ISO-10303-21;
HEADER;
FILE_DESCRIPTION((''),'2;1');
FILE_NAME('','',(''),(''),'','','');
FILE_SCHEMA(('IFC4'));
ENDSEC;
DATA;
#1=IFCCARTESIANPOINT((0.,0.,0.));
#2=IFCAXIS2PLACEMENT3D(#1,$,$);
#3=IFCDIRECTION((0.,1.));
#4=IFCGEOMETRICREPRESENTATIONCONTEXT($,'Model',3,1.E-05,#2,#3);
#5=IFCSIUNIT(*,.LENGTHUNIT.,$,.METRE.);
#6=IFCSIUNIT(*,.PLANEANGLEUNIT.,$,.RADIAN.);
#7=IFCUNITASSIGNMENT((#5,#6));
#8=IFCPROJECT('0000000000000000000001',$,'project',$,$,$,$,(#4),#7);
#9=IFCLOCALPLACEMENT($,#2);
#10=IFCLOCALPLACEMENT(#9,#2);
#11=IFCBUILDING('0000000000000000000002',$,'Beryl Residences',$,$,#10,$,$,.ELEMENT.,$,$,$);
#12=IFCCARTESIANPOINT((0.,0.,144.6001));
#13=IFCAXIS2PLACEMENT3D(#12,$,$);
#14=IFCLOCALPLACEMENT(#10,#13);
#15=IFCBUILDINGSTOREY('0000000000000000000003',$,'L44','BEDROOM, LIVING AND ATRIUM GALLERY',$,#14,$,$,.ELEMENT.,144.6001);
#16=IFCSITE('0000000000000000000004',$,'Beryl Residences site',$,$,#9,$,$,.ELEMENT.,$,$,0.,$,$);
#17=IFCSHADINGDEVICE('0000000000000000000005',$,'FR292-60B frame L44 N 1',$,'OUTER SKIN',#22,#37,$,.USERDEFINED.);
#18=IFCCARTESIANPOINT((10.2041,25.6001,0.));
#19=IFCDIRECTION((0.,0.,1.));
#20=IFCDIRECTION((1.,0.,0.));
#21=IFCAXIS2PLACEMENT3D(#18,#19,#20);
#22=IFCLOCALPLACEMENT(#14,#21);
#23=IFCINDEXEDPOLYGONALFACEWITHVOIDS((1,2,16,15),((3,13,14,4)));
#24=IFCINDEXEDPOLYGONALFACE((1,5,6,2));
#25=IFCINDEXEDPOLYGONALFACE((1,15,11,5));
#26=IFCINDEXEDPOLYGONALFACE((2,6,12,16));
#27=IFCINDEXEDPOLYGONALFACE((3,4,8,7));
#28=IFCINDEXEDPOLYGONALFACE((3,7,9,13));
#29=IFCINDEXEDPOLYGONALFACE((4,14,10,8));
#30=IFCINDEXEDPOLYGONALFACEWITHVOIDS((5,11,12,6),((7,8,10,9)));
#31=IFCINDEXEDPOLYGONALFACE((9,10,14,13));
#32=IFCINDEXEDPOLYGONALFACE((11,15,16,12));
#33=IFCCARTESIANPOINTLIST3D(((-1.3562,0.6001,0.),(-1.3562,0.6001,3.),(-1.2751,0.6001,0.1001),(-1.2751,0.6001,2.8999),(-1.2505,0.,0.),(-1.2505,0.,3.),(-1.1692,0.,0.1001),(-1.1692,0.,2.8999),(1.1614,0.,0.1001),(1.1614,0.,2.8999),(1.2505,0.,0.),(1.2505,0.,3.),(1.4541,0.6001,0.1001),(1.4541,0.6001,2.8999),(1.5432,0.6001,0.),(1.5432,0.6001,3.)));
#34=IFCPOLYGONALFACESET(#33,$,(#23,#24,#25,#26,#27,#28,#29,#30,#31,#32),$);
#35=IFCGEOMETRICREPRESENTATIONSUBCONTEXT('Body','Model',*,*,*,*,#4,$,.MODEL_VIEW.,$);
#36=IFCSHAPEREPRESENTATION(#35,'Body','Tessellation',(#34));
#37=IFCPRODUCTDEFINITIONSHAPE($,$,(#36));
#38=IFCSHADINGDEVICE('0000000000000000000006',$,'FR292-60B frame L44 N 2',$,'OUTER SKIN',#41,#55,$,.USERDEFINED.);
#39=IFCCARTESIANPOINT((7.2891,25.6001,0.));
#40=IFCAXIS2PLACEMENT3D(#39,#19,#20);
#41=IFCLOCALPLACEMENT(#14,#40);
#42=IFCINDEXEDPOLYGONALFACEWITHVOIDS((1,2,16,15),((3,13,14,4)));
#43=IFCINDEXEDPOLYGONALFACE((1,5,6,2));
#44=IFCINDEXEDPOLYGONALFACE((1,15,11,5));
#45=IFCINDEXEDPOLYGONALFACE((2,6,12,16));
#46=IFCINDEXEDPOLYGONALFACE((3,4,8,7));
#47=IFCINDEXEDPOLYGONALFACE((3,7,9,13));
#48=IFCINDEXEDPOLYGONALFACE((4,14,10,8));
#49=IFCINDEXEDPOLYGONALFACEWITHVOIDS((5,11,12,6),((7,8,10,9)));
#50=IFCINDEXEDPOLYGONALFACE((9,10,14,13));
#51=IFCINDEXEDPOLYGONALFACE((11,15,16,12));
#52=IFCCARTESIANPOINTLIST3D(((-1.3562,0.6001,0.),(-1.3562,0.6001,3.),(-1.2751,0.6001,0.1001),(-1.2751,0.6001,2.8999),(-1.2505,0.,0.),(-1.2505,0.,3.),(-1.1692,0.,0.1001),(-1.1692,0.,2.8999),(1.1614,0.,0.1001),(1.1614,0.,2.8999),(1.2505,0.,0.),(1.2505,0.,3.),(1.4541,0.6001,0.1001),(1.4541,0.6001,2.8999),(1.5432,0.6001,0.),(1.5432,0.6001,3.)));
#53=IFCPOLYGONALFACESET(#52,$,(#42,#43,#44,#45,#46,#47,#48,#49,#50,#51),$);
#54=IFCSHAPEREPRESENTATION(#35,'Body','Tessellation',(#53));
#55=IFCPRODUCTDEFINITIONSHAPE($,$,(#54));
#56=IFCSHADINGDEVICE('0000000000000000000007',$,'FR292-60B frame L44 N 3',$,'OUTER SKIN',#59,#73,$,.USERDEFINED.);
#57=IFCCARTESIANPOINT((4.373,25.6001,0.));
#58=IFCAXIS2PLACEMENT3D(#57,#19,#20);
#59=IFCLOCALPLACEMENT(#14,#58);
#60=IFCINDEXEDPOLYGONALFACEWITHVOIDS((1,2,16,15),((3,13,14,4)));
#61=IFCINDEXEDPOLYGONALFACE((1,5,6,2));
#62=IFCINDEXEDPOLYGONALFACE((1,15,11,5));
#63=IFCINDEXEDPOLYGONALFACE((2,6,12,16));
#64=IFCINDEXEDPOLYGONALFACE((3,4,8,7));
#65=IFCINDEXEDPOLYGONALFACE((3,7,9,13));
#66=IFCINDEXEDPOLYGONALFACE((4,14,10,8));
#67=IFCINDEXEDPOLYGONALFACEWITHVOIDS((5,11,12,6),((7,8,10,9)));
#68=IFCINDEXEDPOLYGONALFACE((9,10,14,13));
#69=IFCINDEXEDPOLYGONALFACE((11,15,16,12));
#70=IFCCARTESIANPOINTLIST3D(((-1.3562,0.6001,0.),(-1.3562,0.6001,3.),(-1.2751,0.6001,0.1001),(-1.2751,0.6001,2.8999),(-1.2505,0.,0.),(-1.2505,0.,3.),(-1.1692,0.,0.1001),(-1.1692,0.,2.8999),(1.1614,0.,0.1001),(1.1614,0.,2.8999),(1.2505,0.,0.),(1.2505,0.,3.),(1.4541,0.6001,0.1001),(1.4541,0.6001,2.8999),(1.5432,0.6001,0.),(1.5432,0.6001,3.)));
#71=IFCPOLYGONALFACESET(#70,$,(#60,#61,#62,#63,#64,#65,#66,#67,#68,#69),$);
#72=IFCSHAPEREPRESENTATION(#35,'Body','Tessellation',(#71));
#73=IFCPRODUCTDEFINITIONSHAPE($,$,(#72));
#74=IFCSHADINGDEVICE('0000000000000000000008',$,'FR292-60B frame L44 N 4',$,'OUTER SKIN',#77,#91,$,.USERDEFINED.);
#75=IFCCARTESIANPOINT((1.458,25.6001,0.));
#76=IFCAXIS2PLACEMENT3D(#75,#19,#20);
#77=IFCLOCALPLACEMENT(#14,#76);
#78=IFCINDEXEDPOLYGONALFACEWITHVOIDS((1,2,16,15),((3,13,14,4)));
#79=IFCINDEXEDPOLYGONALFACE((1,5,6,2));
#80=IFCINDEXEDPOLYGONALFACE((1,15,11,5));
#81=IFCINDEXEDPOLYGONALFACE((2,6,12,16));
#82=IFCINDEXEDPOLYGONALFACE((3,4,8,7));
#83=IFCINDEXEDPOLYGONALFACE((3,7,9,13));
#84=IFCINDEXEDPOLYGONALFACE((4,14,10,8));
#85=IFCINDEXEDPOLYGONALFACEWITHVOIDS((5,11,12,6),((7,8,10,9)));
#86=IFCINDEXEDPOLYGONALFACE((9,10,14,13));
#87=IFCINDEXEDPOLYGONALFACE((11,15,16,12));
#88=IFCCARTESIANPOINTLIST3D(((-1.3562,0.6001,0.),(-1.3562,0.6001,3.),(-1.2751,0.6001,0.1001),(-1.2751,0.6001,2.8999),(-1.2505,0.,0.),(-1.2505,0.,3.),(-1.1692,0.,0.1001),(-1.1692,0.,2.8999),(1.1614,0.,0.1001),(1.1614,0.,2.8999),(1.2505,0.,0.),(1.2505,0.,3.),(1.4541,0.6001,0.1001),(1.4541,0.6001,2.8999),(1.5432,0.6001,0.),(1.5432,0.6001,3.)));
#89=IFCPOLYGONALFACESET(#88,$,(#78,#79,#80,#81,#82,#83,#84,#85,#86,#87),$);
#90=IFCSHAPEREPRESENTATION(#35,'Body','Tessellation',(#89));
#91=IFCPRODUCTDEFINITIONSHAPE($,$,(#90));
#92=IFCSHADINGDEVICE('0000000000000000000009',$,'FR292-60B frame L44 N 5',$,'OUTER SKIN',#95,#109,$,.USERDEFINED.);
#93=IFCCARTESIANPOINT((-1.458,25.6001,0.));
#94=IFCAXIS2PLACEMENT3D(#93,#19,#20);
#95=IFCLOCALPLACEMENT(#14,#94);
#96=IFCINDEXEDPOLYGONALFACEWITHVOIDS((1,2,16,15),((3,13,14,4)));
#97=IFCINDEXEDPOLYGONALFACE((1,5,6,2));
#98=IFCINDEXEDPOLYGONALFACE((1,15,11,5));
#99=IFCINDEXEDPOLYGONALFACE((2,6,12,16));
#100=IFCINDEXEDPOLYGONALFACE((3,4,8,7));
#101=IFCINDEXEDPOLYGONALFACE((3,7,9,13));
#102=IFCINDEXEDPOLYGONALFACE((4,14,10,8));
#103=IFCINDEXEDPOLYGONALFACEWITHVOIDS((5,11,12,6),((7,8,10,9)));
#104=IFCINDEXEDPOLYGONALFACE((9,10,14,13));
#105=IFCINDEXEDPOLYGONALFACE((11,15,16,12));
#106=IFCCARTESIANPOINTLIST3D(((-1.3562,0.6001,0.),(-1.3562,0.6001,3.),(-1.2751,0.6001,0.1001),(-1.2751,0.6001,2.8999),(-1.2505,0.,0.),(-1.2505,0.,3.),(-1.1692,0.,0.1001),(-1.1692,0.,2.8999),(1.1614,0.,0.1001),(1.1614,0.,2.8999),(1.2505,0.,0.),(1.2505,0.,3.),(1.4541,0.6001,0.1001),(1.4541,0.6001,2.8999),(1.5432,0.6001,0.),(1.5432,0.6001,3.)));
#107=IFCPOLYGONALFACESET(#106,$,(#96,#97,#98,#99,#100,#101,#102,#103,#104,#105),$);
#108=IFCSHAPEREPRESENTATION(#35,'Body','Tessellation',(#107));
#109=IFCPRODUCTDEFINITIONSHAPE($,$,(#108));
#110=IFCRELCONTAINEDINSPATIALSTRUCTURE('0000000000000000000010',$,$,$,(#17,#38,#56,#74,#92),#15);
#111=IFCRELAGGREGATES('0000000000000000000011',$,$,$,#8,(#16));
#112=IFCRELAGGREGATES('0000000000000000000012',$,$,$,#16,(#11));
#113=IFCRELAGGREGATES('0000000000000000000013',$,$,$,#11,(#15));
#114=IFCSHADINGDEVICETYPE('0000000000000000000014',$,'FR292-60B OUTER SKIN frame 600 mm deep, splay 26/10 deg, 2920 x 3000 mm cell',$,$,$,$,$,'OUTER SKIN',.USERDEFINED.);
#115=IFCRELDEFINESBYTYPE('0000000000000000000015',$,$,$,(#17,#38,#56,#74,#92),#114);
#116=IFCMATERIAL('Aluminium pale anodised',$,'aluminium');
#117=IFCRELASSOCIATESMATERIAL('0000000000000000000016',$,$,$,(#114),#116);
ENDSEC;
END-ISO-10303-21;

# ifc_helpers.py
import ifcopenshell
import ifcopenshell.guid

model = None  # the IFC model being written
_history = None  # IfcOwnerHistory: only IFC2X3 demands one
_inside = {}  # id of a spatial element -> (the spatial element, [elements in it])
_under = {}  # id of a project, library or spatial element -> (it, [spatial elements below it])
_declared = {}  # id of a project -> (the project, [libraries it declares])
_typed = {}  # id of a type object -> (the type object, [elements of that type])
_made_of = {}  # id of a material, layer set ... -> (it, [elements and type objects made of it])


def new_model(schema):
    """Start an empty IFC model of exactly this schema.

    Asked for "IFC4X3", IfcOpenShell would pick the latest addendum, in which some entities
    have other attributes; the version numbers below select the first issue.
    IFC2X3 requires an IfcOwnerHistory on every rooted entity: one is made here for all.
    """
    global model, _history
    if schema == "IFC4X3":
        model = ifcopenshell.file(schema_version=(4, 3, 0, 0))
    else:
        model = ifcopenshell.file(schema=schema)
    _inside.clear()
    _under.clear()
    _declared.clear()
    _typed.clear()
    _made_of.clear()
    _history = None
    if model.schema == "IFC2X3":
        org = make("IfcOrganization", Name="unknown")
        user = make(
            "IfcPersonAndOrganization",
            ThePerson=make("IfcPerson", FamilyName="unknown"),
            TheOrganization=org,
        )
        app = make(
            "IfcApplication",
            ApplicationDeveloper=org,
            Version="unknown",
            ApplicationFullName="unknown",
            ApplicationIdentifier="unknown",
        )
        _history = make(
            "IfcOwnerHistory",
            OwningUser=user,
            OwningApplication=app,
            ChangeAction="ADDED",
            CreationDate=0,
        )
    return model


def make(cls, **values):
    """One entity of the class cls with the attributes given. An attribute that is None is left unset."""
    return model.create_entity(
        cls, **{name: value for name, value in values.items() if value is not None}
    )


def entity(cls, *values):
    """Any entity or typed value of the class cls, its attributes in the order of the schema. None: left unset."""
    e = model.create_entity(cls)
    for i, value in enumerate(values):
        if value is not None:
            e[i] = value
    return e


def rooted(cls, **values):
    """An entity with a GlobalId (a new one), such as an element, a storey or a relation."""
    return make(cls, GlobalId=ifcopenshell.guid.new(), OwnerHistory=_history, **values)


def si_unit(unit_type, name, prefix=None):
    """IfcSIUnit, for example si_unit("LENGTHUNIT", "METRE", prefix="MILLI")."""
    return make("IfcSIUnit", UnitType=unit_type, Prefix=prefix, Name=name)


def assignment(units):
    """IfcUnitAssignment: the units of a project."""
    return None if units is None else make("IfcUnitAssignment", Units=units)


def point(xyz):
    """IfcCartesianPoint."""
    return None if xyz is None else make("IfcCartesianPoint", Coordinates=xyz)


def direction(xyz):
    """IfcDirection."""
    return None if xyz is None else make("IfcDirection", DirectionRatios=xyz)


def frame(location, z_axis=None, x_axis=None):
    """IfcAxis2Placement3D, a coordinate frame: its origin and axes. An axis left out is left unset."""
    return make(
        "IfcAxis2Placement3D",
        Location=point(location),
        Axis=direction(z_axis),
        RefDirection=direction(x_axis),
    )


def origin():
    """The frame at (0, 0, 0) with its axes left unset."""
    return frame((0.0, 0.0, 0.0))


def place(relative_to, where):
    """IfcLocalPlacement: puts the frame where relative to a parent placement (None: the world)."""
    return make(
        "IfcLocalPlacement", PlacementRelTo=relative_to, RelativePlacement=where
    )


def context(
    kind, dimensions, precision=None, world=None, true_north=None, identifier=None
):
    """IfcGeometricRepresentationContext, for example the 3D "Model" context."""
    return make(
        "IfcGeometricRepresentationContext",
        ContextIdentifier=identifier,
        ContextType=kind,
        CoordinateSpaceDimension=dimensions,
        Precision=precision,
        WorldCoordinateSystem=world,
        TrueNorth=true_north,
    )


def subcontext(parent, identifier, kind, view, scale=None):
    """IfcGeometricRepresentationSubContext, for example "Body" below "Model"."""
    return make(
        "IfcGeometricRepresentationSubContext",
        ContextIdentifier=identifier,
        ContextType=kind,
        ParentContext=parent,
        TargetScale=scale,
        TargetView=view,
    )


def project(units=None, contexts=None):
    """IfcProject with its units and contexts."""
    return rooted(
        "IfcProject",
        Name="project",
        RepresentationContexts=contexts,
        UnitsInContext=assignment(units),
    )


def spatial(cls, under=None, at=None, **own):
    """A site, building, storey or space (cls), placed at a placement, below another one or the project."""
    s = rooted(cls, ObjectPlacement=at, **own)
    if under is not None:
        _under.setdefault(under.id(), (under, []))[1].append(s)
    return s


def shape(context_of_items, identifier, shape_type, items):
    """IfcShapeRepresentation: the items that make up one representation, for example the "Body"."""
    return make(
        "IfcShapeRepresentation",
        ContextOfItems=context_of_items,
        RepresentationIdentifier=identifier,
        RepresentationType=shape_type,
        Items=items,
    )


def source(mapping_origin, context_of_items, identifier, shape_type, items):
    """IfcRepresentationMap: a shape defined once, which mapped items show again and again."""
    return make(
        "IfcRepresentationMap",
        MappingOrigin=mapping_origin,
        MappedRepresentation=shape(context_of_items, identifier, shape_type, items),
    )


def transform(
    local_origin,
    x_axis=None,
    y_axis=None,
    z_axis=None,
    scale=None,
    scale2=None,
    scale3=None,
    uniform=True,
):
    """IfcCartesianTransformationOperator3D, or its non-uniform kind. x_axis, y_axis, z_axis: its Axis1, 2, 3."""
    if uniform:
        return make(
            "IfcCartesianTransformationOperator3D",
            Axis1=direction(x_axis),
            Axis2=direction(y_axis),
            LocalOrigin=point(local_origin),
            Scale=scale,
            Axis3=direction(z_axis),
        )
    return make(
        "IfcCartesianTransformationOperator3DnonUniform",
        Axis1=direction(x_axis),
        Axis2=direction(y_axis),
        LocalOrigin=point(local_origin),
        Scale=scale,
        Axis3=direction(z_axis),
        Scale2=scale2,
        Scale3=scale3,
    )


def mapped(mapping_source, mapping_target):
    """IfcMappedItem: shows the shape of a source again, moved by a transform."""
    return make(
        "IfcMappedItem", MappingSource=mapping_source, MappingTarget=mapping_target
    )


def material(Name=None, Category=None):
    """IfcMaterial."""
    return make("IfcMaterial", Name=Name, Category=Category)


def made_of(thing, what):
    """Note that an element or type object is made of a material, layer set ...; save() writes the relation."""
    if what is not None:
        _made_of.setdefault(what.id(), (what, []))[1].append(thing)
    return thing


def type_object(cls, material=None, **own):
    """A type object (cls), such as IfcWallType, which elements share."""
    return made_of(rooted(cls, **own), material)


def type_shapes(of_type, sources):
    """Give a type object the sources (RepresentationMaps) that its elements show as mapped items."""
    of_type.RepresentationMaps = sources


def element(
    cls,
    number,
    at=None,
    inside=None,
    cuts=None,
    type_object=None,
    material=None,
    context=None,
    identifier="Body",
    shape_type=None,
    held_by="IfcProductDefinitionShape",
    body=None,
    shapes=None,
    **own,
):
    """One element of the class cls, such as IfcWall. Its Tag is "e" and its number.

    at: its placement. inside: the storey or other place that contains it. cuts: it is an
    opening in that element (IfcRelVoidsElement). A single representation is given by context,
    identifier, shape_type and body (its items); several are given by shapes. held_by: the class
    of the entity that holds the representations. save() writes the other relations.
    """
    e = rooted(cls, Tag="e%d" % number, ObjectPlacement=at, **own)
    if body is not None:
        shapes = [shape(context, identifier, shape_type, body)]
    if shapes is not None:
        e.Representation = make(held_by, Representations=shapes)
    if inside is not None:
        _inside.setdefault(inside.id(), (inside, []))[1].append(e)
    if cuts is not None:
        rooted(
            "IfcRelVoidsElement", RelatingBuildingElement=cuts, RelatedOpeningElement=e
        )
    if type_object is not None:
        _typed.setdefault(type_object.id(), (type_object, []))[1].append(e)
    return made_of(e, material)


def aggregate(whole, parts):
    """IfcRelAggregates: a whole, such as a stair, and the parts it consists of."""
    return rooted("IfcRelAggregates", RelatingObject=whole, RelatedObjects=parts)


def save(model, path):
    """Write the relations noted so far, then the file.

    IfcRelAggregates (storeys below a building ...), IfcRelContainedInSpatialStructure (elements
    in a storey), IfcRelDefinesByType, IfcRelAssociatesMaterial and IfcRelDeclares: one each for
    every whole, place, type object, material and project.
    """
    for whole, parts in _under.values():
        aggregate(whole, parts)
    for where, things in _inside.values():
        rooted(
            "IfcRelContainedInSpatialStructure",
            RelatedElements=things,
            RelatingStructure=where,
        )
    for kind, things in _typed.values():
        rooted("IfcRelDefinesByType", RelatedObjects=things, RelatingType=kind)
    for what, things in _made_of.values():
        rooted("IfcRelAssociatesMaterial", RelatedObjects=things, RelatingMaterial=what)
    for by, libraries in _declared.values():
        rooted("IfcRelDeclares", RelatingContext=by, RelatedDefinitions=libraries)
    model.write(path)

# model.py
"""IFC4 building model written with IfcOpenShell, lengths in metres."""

from ifc_helpers import new_model, entity, si_unit, direction, frame, origin, place, context, subcontext, project, spatial, source, transform, mapped, material, type_object, type_shapes, element, save


model = new_model("IFC4")

# Units and contexts
model_context = context("Model", 3, precision=1e-05, world=origin(), true_north=direction((0.0, 1.0)))
body_context = subcontext(model_context, "Body", "Model", "MODEL_VIEW")
ifc_project = project(units=[si_unit("LENGTHUNIT", "METRE"), si_unit("PLANEANGLEUNIT", "RADIAN")], contexts=[model_context])

# Site, building, storey
site_placement = place(None, origin())
site = spatial("IfcSite", under=ifc_project, at=site_placement, Name="Beryl Residences site", CompositionType="ELEMENT", RefElevation=0.0)
building_placement = place(site_placement, origin())
building = spatial("IfcBuilding", under=site, at=building_placement, Name="Beryl Residences", CompositionType="ELEMENT")
storey_placement = place(building_placement, frame((0.0, 0.0, 144.6001)))
storey = spatial("IfcBuildingStorey", under=building, at=storey_placement, Name="L44", Description="BEDROOM, LIVING AND ATRIUM GALLERY", CompositionType="ELEMENT", Elevation=144.6001)

# Shading devices
ifc_material_1 = material(Name="Aluminium pale anodised", Category="aluminium")
shading_device_type = type_object("IfcShadingDeviceType", Name="FR292-60B OUTER SKIN frame 600 mm deep, splay 26/10 deg, 2920 x 3000 mm cell", ElementType="OUTER SKIN", PredefinedType="USERDEFINED", material=ifc_material_1)
cartesian_point_1 = entity("IfcCartesianPoint", [-1.2505, 0.0])
cartesian_point_2 = entity("IfcCartesianPoint", [-1.1614, 0.1001])
cartesian_point_3 = entity("IfcCartesianPoint", [-1.5432, 0.0])
cartesian_point_4 = entity("IfcCartesianPoint", [-1.4541, 0.1001])
shared_shape_1 = source(origin(), body_context, "Body", "SweptSolid", [
    entity("IfcExtrudedAreaSolidTapered", entity("IfcArbitraryProfileDefWithVoids", "AREA", None, entity("IfcPolyline", [cartesian_point_1, entity("IfcCartesianPoint", [1.2505, 0.0]), entity("IfcCartesianPoint", [1.2505, 3.0]), entity("IfcCartesianPoint", [-1.2505, 3.0]), cartesian_point_1]), [entity("IfcPolyline", [cartesian_point_2, entity("IfcCartesianPoint", [1.1692, 0.1001]), entity("IfcCartesianPoint", [1.1692, 2.8999]), entity("IfcCartesianPoint", [-1.1614, 2.8999]), cartesian_point_2])]), entity("IfcAxis2Placement3D", entity("IfcCartesianPoint", [0.0, 0.0, 0.0]), entity("IfcDirection", [0.0, 1.0, 0.0]), entity("IfcDirection", [-1.0, 0.0, 0.0])), entity("IfcDirection", [0.0, 0.0, 1.0]), 0.6001, entity("IfcArbitraryProfileDefWithVoids", "AREA", None, entity("IfcPolyline", [cartesian_point_3, entity("IfcCartesianPoint", [1.3562, 0.0]), entity("IfcCartesianPoint", [1.3562, 3.0]), entity("IfcCartesianPoint", [-1.5432, 3.0]), cartesian_point_3]), [entity("IfcPolyline", [cartesian_point_4, entity("IfcCartesianPoint", [1.2751, 0.1001]), entity("IfcCartesianPoint", [1.2751, 2.8999]), entity("IfcCartesianPoint", [-1.4541, 2.8999]), cartesian_point_4])])),
])
type_shapes(shading_device_type, [shared_shape_1])
for number, where, z_axis, x_axis, name in (
    (1, (10.2041, 25.6001, 0.0), (0.0, 0.0, 1.0), (1.0, 0.0, 0.0), "FR292-60B frame L44 N 1"),
    (2, (7.2891, 25.6001, 0.0), (0.0, 0.0, 1.0), (1.0, 0.0, 0.0), "FR292-60B frame L44 N 2"),
    (3, (4.373, 25.6001, 0.0), (0.0, 0.0, 1.0), (1.0, 0.0, 0.0), "FR292-60B frame L44 N 3"),
    (4, (1.458, 25.6001, 0.0), (0.0, 0.0, 1.0), (1.0, 0.0, 0.0), "FR292-60B frame L44 N 4"),
    (5, (-1.458, 25.6001, 0.0), (0.0, 0.0, 1.0), (1.0, 0.0, 0.0), "FR292-60B frame L44 N 5"),
):
    element("IfcShadingDevice", number, at=place(storey_placement, frame(where, z_axis=z_axis, x_axis=x_axis)), inside=storey, type_object=shading_device_type, Name=name, ObjectType="OUTER SKIN", PredefinedType="USERDEFINED", context=body_context, shape_type="MappedRepresentation", body=[
        mapped(shared_shape_1, transform((0.0, 0.0, 0.0))),
    ])

save(model, "model.ifc")
